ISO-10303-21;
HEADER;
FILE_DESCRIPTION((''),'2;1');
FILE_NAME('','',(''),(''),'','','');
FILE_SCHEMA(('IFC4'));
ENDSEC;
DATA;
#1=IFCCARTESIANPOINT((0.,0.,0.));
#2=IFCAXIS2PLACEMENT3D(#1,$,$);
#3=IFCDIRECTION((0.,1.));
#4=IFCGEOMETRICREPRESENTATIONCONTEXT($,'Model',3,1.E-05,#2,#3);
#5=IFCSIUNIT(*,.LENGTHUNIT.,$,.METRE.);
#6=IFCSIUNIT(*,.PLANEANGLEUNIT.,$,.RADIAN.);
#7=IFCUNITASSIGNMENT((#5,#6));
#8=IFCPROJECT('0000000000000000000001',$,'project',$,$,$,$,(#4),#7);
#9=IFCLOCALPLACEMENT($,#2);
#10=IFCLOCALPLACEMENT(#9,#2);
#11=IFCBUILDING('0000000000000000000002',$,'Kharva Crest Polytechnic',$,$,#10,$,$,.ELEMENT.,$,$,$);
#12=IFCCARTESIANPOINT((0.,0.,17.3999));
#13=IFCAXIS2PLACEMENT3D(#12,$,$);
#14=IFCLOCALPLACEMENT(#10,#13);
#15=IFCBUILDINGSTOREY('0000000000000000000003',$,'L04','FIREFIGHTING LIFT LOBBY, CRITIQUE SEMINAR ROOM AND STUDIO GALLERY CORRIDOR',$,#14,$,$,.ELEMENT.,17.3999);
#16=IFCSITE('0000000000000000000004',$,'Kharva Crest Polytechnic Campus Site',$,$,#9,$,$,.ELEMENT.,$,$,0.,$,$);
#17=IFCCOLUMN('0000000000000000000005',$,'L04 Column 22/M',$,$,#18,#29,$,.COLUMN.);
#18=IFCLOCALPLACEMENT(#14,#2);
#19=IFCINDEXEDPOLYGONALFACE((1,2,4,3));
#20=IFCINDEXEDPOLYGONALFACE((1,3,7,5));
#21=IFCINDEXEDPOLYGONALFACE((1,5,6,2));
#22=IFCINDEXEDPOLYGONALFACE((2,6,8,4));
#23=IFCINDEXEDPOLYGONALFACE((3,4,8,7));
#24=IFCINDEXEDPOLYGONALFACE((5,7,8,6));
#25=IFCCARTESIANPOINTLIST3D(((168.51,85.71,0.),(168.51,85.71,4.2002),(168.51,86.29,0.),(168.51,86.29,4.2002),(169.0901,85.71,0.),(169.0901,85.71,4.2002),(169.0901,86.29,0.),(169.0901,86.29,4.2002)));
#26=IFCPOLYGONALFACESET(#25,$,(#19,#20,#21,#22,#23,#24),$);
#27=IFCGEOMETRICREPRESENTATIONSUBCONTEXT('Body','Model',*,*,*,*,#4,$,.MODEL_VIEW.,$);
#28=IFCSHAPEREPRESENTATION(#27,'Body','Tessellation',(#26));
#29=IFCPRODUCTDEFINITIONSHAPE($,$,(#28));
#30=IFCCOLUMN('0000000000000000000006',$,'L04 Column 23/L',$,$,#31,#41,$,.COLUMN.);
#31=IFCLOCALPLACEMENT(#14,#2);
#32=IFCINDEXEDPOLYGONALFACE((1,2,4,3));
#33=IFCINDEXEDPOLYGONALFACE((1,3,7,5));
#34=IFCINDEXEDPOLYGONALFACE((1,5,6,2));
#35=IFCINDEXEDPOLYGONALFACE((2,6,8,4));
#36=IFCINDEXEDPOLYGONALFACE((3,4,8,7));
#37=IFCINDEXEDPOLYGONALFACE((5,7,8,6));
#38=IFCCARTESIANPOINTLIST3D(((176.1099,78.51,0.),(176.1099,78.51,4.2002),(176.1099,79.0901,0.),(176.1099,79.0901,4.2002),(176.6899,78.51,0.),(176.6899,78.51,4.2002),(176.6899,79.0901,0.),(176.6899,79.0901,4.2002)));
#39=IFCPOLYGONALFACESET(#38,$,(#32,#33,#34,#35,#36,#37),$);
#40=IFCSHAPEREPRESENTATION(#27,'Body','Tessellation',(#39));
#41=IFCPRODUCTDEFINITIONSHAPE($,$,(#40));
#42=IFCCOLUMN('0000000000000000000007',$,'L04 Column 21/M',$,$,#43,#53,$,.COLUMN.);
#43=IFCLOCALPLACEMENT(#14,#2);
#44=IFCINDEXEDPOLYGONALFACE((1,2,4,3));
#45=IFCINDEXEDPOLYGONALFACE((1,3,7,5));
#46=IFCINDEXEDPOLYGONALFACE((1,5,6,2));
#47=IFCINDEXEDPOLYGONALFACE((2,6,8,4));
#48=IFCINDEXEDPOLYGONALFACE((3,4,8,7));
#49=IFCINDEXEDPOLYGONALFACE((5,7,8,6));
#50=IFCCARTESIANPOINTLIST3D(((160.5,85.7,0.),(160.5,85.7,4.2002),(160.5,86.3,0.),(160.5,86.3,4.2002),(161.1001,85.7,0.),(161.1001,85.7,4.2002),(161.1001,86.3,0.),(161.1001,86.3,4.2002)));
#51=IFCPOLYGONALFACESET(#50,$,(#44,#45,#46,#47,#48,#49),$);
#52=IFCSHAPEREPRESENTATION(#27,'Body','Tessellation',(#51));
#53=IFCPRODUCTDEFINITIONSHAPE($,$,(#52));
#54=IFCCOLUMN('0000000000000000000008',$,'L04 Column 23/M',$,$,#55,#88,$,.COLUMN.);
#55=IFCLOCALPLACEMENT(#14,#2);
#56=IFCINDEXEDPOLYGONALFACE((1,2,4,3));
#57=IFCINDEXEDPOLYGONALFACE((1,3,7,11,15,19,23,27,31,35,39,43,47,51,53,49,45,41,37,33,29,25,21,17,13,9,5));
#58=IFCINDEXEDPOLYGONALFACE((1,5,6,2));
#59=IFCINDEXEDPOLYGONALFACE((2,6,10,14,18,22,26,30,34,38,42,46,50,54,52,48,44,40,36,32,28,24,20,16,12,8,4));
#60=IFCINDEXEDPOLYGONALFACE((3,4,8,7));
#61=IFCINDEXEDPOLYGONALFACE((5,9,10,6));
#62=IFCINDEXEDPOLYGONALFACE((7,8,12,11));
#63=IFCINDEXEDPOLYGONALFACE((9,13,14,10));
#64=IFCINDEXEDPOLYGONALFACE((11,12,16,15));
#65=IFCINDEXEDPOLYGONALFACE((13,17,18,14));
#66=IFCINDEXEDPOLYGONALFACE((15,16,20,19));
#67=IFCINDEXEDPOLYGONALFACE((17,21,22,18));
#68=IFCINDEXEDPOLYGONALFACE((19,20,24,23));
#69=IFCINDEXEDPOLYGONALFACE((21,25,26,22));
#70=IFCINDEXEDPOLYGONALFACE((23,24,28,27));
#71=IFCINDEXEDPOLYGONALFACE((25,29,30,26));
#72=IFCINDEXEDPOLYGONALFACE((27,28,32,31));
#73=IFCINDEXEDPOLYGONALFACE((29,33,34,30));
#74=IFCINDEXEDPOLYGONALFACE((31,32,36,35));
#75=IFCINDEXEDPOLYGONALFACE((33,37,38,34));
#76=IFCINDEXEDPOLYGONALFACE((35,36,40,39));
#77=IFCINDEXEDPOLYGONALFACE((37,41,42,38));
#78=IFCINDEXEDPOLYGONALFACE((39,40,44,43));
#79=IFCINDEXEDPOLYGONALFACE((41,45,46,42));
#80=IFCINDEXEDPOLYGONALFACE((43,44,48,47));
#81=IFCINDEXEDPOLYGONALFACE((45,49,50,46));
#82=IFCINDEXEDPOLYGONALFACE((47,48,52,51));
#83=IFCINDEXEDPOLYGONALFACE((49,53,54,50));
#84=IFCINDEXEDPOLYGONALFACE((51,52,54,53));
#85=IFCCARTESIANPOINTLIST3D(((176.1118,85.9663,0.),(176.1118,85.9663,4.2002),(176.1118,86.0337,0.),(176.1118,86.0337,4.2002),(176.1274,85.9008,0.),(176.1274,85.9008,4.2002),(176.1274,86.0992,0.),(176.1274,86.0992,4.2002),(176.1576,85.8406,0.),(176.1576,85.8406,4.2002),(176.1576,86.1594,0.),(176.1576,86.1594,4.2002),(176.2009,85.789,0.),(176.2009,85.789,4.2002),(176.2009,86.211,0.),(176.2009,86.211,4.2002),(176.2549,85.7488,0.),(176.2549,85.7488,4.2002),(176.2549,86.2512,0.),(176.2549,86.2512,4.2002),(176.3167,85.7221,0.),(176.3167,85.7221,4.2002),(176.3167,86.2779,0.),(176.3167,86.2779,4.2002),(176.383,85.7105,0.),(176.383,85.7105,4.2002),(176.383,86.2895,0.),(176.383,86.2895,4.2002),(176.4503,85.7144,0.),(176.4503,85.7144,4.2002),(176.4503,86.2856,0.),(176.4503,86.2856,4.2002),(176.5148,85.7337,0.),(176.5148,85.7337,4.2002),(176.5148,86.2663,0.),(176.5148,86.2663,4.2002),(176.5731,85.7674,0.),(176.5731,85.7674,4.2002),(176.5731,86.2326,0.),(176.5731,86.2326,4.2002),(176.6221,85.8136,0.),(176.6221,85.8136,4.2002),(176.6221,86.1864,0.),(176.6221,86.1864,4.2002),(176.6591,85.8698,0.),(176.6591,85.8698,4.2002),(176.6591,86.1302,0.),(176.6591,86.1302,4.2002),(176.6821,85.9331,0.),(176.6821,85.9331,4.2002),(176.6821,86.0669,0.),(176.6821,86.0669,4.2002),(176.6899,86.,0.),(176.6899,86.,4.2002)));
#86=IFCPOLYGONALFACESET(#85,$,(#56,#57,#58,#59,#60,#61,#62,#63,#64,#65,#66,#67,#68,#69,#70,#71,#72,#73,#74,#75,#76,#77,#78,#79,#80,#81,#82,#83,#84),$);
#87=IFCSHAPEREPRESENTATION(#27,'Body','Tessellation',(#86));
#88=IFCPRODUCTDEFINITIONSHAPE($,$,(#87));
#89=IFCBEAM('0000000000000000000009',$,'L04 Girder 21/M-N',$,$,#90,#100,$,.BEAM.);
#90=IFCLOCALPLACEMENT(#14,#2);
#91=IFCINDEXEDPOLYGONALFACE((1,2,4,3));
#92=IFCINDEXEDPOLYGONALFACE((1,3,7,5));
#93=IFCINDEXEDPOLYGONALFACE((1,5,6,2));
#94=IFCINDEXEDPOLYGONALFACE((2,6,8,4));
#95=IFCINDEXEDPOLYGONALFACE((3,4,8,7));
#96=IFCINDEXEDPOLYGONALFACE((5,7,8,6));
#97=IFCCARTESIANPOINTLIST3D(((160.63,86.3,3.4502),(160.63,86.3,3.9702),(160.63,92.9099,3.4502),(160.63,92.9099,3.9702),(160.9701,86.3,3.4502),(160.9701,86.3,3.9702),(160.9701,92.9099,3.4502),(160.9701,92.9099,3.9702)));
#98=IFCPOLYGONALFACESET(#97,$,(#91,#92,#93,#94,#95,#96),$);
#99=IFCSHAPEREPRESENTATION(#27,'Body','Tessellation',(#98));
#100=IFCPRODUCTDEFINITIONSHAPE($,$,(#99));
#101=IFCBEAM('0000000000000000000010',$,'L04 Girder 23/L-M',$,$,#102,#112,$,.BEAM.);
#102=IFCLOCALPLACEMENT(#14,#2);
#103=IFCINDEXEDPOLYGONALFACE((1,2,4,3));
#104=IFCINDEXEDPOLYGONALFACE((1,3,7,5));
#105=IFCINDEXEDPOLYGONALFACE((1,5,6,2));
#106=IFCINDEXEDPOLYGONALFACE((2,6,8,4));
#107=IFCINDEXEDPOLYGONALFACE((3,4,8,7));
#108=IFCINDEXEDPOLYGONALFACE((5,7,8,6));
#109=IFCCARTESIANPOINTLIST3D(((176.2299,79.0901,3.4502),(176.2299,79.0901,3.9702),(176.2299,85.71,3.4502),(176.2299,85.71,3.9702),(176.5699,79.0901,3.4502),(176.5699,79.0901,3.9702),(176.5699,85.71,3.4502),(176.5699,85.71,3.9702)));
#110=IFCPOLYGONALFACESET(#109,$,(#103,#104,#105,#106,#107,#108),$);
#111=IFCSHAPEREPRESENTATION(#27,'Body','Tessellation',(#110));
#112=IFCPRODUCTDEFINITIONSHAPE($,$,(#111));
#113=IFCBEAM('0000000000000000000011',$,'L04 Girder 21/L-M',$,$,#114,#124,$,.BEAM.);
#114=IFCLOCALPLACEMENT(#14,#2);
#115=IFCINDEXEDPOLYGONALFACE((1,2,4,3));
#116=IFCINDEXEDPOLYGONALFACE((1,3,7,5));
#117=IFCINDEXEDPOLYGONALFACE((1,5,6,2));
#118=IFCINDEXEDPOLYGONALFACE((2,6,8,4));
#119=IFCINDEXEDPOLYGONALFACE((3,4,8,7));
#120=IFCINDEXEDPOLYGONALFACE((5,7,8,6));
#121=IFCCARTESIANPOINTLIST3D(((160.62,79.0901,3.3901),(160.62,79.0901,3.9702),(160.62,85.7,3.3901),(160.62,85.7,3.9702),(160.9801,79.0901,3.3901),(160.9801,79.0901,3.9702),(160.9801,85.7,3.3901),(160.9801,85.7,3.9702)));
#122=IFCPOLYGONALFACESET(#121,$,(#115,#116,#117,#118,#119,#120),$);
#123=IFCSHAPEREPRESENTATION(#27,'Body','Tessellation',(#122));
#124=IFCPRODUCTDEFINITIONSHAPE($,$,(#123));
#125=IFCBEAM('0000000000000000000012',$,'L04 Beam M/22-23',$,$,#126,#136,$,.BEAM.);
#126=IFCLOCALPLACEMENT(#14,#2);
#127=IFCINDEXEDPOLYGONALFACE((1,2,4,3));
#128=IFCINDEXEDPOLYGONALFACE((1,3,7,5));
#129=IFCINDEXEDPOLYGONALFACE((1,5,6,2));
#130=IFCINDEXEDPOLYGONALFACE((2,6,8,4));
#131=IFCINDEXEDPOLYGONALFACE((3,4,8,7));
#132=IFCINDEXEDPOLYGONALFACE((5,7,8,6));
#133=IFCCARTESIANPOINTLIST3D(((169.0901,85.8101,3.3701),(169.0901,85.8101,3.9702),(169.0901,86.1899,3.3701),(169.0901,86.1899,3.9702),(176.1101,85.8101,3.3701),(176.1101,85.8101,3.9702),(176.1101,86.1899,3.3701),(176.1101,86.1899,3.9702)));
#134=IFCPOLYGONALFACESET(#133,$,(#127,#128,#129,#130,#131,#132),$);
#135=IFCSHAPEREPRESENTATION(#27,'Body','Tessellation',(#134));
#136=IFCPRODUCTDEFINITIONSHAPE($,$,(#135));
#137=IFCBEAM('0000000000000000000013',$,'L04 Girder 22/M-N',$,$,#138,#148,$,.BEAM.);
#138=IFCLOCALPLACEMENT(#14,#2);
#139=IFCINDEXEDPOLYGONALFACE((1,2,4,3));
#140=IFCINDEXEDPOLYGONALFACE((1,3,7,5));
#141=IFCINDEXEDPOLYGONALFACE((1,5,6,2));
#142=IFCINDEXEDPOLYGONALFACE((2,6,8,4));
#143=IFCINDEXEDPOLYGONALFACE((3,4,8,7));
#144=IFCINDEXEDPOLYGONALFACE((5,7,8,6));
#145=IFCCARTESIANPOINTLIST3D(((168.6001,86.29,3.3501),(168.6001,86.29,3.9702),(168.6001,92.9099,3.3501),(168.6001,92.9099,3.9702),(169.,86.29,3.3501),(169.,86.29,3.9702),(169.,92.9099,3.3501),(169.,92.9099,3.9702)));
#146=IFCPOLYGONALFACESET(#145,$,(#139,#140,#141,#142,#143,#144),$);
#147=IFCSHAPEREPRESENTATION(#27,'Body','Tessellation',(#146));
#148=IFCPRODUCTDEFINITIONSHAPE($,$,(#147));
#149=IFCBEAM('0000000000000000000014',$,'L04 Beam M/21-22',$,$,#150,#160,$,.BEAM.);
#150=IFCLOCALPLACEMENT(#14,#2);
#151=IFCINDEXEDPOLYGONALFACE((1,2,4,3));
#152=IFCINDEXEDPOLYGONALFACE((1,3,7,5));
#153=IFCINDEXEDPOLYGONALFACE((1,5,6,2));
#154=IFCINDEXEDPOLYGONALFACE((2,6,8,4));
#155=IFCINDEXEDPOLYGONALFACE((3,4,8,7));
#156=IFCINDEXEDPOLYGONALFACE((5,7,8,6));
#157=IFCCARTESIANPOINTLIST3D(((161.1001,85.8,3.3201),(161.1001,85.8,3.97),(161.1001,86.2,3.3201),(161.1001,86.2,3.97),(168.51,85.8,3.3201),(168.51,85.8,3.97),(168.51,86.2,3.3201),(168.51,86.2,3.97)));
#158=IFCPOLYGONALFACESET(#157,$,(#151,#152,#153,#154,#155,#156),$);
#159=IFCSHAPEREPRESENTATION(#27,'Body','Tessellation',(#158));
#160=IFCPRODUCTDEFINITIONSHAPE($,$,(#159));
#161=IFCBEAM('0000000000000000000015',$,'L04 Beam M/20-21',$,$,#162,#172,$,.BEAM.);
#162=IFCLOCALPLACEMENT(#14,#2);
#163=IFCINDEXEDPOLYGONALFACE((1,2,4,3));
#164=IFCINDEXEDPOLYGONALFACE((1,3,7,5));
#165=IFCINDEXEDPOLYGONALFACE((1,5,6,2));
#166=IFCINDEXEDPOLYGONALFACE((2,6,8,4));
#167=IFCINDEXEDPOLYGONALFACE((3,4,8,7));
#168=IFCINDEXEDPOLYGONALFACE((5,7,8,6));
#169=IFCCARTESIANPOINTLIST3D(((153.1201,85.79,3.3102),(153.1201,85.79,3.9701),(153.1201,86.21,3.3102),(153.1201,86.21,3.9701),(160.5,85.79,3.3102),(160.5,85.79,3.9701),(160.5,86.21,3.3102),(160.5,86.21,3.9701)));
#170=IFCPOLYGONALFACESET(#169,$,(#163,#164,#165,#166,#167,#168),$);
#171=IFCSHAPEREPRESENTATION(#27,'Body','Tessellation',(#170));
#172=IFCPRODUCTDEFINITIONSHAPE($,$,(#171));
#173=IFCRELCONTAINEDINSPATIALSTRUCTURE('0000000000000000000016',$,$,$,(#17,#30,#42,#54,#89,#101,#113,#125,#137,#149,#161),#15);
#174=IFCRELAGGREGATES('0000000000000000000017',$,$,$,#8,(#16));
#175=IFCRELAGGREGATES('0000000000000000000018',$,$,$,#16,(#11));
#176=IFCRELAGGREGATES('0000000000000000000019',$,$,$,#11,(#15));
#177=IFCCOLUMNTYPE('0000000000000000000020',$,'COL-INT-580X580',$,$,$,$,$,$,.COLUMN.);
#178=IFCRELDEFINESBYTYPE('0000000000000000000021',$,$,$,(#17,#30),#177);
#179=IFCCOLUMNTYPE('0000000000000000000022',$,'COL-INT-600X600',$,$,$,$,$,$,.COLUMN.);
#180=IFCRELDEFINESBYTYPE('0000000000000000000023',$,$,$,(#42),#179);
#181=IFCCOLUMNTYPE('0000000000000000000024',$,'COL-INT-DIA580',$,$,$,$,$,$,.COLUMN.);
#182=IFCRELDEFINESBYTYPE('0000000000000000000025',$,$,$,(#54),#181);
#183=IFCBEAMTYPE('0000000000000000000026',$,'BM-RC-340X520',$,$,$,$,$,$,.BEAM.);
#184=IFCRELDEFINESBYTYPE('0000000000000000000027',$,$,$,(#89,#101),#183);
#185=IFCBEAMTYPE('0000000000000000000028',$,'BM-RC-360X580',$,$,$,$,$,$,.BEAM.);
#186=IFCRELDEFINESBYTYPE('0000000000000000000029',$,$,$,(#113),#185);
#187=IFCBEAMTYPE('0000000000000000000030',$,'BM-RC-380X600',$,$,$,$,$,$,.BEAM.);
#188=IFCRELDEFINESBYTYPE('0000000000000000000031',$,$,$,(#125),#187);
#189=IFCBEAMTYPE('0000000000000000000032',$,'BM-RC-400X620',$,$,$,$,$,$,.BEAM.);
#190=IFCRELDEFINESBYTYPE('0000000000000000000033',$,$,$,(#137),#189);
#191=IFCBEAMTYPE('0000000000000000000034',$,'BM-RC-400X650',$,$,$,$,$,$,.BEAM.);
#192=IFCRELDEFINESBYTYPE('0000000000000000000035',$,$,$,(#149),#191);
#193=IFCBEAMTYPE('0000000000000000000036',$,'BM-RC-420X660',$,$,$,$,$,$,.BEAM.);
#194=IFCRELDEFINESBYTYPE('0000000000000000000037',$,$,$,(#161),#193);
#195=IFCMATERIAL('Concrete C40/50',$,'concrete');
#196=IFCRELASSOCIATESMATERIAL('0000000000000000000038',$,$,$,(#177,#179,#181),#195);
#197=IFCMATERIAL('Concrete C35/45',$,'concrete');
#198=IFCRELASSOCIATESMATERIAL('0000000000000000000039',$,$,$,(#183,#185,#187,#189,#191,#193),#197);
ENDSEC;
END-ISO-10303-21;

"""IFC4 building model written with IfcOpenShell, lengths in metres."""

from ifc_helpers import new_model, si_unit, direction, frame, origin, origin_2d, place, context, subcontext, project, spatial, rectangle, circle, extrude, material, material_profile, profile_set, type_object, element, save


model = new_model("IFC4")

# Units and contexts
model_context = context("Model", 3, precision=1e-05, world=origin(), true_north=direction((0.0, 1.0)))
body_context = subcontext(model_context, "Body", "Model", "MODEL_VIEW")
ifc_project = project(units=[si_unit("LENGTHUNIT", "METRE"), si_unit("PLANEANGLEUNIT", "RADIAN")], contexts=[model_context])

# Site, building, storey
site_placement = place(None, origin())
site = spatial("IfcSite", under=ifc_project, at=site_placement, Name="Kharva Crest Polytechnic Campus Site", CompositionType="ELEMENT", RefElevation=0.0)
building_placement = place(site_placement, origin())
building = spatial("IfcBuilding", under=site, at=building_placement, Name="Kharva Crest Polytechnic", CompositionType="ELEMENT")
storey_placement = place(building_placement, frame((0.0, 0.0, 17.3999)))
storey = spatial("IfcBuildingStorey", under=building, at=storey_placement, Name="L04", Description="FIREFIGHTING LIFT LOBBY, CRITIQUE SEMINAR ROOM AND STUDIO GALLERY CORRIDOR", CompositionType="ELEMENT", Elevation=17.3999)

# Columns
ifc_material_1 = material(Name="Concrete C40/50", Category="concrete")
ifc_material_profile_1 = material_profile(ifc_material_1, rectangle(XDim=0.5801, YDim=0.5801, at=origin_2d()), Name="RECT 580 X 580")
ifc_profile_set_1 = profile_set([ifc_material_profile_1], Name="Concrete C40/50")
column_type_1 = type_object("IfcColumnType", Name="COL-INT-580X580", PredefinedType="COLUMN", material=ifc_profile_set_1)
for number, where, z_axis, x_axis, name in (
    (1, (168.8, 86.0, 0.0), (0.0, 0.0, 1.0), (1.0, 0.0, 0.0), "L04 Column 22/M"),
    (2, (176.3999, 78.8, 0.0), (0.0, 0.0, 1.0), (1.0, 0.0, 0.0), "L04 Column 23/L"),
):
    element("IfcColumn", number, at=place(storey_placement, frame(where, z_axis=z_axis, x_axis=x_axis)), inside=storey, type_object=column_type_1, Name=name, PredefinedType="COLUMN", context=body_context, shape_type="SweptSolid", body=[
        extrude(rectangle(XDim=0.5801, YDim=0.5801, at=origin_2d()), origin(), (0.0, 0.0, 1.0), 4.2002),
    ])
ifc_material_profile_2 = material_profile(ifc_material_1, rectangle(XDim=0.6001, YDim=0.6001, at=origin_2d()), Name="RECT 600 X 600")
ifc_profile_set_2 = profile_set([ifc_material_profile_2], Name="Concrete C40/50")
column_type_2 = type_object("IfcColumnType", Name="COL-INT-600X600", PredefinedType="COLUMN", material=ifc_profile_set_2)
column_1_placement = place(storey_placement, frame((160.8, 86.0, 0.0), z_axis=(0.0, 0.0, 1.0), x_axis=(1.0, 0.0, 0.0)))
element("IfcColumn", 3, at=column_1_placement, inside=storey, type_object=column_type_2, Name="L04 Column 21/M", PredefinedType="COLUMN", context=body_context, shape_type="SweptSolid", body=[
    extrude(rectangle(XDim=0.6001, YDim=0.6001, at=origin_2d()), origin(), (0.0, 0.0, 1.0), 4.2002),
])
ifc_material_profile_3 = material_profile(ifc_material_1, circle(Radius=0.29, at=origin_2d()), Name="DIA 580")
ifc_profile_set_3 = profile_set([ifc_material_profile_3], Name="Concrete C40/50")
column_type_3 = type_object("IfcColumnType", Name="COL-INT-DIA580", PredefinedType="COLUMN", material=ifc_profile_set_3)
column_2_placement = place(storey_placement, frame((176.3999, 86.0, 0.0), z_axis=(0.0, 0.0, 1.0), x_axis=(1.0, 0.0, 0.0)))
element("IfcColumn", 4, at=column_2_placement, inside=storey, type_object=column_type_3, Name="L04 Column 23/M", PredefinedType="COLUMN", context=body_context, shape_type="SweptSolid", body=[
    extrude(circle(Radius=0.29, at=origin_2d()), origin(), (0.0, 0.0, 1.0), 4.2002),
])

# Beams
ifc_material_2 = material(Name="Concrete C35/45", Category="concrete")
ifc_material_profile_4 = material_profile(ifc_material_2, rectangle(XDim=0.3401, YDim=0.52, at=origin_2d()), Name="RECT 340 X 520")
ifc_profile_set_4 = profile_set([ifc_material_profile_4], Name="Concrete C35/45")
beam_type_1 = type_object("IfcBeamType", Name="BM-RC-340X520", PredefinedType="BEAM", material=ifc_profile_set_4)
beam_1_placement = place(storey_placement, frame((160.8, 86.3, 3.7102), z_axis=(0.0, 1.0, 0.0), x_axis=(-1.0, 0.0, 0.0)))
element("IfcBeam", 5, at=beam_1_placement, inside=storey, type_object=beam_type_1, Name="L04 Girder 21/M-N", PredefinedType="BEAM", context=body_context, shape_type="SweptSolid", body=[
    extrude(rectangle(XDim=0.3401, YDim=0.52, at=origin_2d()), origin(), (0.0, 0.0, 1.0), 6.6099),
])
beam_2_placement = place(storey_placement, frame((176.3999, 79.0901, 3.7102), z_axis=(0.0, 1.0, 0.0), x_axis=(-1.0, 0.0, 0.0)))
element("IfcBeam", 6, at=beam_2_placement, inside=storey, type_object=beam_type_1, Name="L04 Girder 23/L-M", PredefinedType="BEAM", context=body_context, shape_type="SweptSolid", body=[
    extrude(rectangle(XDim=0.3401, YDim=0.52, at=origin_2d()), origin(), (0.0, 0.0, 1.0), 6.6199),
])
ifc_material_profile_5 = material_profile(ifc_material_2, rectangle(XDim=0.3601, YDim=0.5801, at=origin_2d()), Name="RECT 360 X 580")
ifc_profile_set_5 = profile_set([ifc_material_profile_5], Name="Concrete C35/45")
beam_type_2 = type_object("IfcBeamType", Name="BM-RC-360X580", PredefinedType="BEAM", material=ifc_profile_set_5)
beam_3_placement = place(storey_placement, frame((160.8, 79.0901, 3.6802), z_axis=(0.0, 1.0, 0.0), x_axis=(-1.0, 0.0, 0.0)))
element("IfcBeam", 7, at=beam_3_placement, inside=storey, type_object=beam_type_2, Name="L04 Girder 21/L-M", PredefinedType="BEAM", context=body_context, shape_type="SweptSolid", body=[
    extrude(rectangle(XDim=0.3601, YDim=0.5801, at=origin_2d()), origin(), (0.0, 0.0, 1.0), 6.6099),
])
ifc_material_profile_6 = material_profile(ifc_material_2, rectangle(XDim=0.3799, YDim=0.6001, at=origin_2d()), Name="RECT 380 X 600")
ifc_profile_set_6 = profile_set([ifc_material_profile_6], Name="Concrete C35/45")
beam_type_3 = type_object("IfcBeamType", Name="BM-RC-380X600", PredefinedType="BEAM", material=ifc_profile_set_6)
beam_4_placement = place(storey_placement, frame((169.0901, 86.0, 3.6702), z_axis=(1.0, 0.0, 0.0), x_axis=(0.0, 1.0, 0.0)))
element("IfcBeam", 8, at=beam_4_placement, inside=storey, type_object=beam_type_3, Name="L04 Beam M/22-23", PredefinedType="BEAM", context=body_context, shape_type="SweptSolid", body=[
    extrude(rectangle(XDim=0.3799, YDim=0.6001, at=origin_2d()), origin(), (0.0, 0.0, 1.0), 7.02),
])
ifc_material_profile_7 = material_profile(ifc_material_2, rectangle(XDim=0.3999, YDim=0.6201, at=origin_2d()), Name="RECT 400 X 620")
ifc_profile_set_7 = profile_set([ifc_material_profile_7], Name="Concrete C35/45")
beam_type_4 = type_object("IfcBeamType", Name="BM-RC-400X620", PredefinedType="BEAM", material=ifc_profile_set_7)
beam_5_placement = place(storey_placement, frame((168.8, 86.29, 3.6602), z_axis=(0.0, 1.0, 0.0), x_axis=(-1.0, 0.0, 0.0)))
element("IfcBeam", 9, at=beam_5_placement, inside=storey, type_object=beam_type_4, Name="L04 Girder 22/M-N", PredefinedType="BEAM", context=body_context, shape_type="SweptSolid", body=[
    extrude(rectangle(XDim=0.3999, YDim=0.6201, at=origin_2d()), origin(), (0.0, 0.0, 1.0), 6.6199),
])
ifc_material_profile_8 = material_profile(ifc_material_2, rectangle(XDim=0.3999, YDim=0.6499, at=origin_2d()), Name="RECT 400 X 650")
ifc_profile_set_8 = profile_set([ifc_material_profile_8], Name="Concrete C35/45")
beam_type_5 = type_object("IfcBeamType", Name="BM-RC-400X650", PredefinedType="BEAM", material=ifc_profile_set_8)
beam_6_placement = place(storey_placement, frame((161.1001, 86.0, 3.645), z_axis=(1.0, 0.0, 0.0), x_axis=(0.0, 1.0, 0.0)))
element("IfcBeam", 10, at=beam_6_placement, inside=storey, type_object=beam_type_5, Name="L04 Beam M/21-22", PredefinedType="BEAM", context=body_context, shape_type="SweptSolid", body=[
    extrude(rectangle(XDim=0.3999, YDim=0.6499, at=origin_2d()), origin(), (0.0, 0.0, 1.0), 7.4099),
])
ifc_material_profile_9 = material_profile(ifc_material_2, rectangle(XDim=0.4199, YDim=0.6599, at=origin_2d()), Name="RECT 420 X 660")
ifc_profile_set_9 = profile_set([ifc_material_profile_9], Name="Concrete C35/45")
beam_type_6 = type_object("IfcBeamType", Name="BM-RC-420X660", PredefinedType="BEAM", material=ifc_profile_set_9)
beam_7_placement = place(storey_placement, frame((153.1201, 86.0, 3.6401), z_axis=(1.0, 0.0, 0.0), x_axis=(0.0, 1.0, 0.0)))
element("IfcBeam", 11, at=beam_7_placement, inside=storey, type_object=beam_type_6, Name="L04 Beam M/20-21", PredefinedType="BEAM", context=body_context, shape_type="SweptSolid", body=[
    extrude(rectangle(XDim=0.4199, YDim=0.6599, at=origin_2d()), origin(), (0.0, 0.0, 1.0), 7.3799),
])

save(model, "model.ifc")
